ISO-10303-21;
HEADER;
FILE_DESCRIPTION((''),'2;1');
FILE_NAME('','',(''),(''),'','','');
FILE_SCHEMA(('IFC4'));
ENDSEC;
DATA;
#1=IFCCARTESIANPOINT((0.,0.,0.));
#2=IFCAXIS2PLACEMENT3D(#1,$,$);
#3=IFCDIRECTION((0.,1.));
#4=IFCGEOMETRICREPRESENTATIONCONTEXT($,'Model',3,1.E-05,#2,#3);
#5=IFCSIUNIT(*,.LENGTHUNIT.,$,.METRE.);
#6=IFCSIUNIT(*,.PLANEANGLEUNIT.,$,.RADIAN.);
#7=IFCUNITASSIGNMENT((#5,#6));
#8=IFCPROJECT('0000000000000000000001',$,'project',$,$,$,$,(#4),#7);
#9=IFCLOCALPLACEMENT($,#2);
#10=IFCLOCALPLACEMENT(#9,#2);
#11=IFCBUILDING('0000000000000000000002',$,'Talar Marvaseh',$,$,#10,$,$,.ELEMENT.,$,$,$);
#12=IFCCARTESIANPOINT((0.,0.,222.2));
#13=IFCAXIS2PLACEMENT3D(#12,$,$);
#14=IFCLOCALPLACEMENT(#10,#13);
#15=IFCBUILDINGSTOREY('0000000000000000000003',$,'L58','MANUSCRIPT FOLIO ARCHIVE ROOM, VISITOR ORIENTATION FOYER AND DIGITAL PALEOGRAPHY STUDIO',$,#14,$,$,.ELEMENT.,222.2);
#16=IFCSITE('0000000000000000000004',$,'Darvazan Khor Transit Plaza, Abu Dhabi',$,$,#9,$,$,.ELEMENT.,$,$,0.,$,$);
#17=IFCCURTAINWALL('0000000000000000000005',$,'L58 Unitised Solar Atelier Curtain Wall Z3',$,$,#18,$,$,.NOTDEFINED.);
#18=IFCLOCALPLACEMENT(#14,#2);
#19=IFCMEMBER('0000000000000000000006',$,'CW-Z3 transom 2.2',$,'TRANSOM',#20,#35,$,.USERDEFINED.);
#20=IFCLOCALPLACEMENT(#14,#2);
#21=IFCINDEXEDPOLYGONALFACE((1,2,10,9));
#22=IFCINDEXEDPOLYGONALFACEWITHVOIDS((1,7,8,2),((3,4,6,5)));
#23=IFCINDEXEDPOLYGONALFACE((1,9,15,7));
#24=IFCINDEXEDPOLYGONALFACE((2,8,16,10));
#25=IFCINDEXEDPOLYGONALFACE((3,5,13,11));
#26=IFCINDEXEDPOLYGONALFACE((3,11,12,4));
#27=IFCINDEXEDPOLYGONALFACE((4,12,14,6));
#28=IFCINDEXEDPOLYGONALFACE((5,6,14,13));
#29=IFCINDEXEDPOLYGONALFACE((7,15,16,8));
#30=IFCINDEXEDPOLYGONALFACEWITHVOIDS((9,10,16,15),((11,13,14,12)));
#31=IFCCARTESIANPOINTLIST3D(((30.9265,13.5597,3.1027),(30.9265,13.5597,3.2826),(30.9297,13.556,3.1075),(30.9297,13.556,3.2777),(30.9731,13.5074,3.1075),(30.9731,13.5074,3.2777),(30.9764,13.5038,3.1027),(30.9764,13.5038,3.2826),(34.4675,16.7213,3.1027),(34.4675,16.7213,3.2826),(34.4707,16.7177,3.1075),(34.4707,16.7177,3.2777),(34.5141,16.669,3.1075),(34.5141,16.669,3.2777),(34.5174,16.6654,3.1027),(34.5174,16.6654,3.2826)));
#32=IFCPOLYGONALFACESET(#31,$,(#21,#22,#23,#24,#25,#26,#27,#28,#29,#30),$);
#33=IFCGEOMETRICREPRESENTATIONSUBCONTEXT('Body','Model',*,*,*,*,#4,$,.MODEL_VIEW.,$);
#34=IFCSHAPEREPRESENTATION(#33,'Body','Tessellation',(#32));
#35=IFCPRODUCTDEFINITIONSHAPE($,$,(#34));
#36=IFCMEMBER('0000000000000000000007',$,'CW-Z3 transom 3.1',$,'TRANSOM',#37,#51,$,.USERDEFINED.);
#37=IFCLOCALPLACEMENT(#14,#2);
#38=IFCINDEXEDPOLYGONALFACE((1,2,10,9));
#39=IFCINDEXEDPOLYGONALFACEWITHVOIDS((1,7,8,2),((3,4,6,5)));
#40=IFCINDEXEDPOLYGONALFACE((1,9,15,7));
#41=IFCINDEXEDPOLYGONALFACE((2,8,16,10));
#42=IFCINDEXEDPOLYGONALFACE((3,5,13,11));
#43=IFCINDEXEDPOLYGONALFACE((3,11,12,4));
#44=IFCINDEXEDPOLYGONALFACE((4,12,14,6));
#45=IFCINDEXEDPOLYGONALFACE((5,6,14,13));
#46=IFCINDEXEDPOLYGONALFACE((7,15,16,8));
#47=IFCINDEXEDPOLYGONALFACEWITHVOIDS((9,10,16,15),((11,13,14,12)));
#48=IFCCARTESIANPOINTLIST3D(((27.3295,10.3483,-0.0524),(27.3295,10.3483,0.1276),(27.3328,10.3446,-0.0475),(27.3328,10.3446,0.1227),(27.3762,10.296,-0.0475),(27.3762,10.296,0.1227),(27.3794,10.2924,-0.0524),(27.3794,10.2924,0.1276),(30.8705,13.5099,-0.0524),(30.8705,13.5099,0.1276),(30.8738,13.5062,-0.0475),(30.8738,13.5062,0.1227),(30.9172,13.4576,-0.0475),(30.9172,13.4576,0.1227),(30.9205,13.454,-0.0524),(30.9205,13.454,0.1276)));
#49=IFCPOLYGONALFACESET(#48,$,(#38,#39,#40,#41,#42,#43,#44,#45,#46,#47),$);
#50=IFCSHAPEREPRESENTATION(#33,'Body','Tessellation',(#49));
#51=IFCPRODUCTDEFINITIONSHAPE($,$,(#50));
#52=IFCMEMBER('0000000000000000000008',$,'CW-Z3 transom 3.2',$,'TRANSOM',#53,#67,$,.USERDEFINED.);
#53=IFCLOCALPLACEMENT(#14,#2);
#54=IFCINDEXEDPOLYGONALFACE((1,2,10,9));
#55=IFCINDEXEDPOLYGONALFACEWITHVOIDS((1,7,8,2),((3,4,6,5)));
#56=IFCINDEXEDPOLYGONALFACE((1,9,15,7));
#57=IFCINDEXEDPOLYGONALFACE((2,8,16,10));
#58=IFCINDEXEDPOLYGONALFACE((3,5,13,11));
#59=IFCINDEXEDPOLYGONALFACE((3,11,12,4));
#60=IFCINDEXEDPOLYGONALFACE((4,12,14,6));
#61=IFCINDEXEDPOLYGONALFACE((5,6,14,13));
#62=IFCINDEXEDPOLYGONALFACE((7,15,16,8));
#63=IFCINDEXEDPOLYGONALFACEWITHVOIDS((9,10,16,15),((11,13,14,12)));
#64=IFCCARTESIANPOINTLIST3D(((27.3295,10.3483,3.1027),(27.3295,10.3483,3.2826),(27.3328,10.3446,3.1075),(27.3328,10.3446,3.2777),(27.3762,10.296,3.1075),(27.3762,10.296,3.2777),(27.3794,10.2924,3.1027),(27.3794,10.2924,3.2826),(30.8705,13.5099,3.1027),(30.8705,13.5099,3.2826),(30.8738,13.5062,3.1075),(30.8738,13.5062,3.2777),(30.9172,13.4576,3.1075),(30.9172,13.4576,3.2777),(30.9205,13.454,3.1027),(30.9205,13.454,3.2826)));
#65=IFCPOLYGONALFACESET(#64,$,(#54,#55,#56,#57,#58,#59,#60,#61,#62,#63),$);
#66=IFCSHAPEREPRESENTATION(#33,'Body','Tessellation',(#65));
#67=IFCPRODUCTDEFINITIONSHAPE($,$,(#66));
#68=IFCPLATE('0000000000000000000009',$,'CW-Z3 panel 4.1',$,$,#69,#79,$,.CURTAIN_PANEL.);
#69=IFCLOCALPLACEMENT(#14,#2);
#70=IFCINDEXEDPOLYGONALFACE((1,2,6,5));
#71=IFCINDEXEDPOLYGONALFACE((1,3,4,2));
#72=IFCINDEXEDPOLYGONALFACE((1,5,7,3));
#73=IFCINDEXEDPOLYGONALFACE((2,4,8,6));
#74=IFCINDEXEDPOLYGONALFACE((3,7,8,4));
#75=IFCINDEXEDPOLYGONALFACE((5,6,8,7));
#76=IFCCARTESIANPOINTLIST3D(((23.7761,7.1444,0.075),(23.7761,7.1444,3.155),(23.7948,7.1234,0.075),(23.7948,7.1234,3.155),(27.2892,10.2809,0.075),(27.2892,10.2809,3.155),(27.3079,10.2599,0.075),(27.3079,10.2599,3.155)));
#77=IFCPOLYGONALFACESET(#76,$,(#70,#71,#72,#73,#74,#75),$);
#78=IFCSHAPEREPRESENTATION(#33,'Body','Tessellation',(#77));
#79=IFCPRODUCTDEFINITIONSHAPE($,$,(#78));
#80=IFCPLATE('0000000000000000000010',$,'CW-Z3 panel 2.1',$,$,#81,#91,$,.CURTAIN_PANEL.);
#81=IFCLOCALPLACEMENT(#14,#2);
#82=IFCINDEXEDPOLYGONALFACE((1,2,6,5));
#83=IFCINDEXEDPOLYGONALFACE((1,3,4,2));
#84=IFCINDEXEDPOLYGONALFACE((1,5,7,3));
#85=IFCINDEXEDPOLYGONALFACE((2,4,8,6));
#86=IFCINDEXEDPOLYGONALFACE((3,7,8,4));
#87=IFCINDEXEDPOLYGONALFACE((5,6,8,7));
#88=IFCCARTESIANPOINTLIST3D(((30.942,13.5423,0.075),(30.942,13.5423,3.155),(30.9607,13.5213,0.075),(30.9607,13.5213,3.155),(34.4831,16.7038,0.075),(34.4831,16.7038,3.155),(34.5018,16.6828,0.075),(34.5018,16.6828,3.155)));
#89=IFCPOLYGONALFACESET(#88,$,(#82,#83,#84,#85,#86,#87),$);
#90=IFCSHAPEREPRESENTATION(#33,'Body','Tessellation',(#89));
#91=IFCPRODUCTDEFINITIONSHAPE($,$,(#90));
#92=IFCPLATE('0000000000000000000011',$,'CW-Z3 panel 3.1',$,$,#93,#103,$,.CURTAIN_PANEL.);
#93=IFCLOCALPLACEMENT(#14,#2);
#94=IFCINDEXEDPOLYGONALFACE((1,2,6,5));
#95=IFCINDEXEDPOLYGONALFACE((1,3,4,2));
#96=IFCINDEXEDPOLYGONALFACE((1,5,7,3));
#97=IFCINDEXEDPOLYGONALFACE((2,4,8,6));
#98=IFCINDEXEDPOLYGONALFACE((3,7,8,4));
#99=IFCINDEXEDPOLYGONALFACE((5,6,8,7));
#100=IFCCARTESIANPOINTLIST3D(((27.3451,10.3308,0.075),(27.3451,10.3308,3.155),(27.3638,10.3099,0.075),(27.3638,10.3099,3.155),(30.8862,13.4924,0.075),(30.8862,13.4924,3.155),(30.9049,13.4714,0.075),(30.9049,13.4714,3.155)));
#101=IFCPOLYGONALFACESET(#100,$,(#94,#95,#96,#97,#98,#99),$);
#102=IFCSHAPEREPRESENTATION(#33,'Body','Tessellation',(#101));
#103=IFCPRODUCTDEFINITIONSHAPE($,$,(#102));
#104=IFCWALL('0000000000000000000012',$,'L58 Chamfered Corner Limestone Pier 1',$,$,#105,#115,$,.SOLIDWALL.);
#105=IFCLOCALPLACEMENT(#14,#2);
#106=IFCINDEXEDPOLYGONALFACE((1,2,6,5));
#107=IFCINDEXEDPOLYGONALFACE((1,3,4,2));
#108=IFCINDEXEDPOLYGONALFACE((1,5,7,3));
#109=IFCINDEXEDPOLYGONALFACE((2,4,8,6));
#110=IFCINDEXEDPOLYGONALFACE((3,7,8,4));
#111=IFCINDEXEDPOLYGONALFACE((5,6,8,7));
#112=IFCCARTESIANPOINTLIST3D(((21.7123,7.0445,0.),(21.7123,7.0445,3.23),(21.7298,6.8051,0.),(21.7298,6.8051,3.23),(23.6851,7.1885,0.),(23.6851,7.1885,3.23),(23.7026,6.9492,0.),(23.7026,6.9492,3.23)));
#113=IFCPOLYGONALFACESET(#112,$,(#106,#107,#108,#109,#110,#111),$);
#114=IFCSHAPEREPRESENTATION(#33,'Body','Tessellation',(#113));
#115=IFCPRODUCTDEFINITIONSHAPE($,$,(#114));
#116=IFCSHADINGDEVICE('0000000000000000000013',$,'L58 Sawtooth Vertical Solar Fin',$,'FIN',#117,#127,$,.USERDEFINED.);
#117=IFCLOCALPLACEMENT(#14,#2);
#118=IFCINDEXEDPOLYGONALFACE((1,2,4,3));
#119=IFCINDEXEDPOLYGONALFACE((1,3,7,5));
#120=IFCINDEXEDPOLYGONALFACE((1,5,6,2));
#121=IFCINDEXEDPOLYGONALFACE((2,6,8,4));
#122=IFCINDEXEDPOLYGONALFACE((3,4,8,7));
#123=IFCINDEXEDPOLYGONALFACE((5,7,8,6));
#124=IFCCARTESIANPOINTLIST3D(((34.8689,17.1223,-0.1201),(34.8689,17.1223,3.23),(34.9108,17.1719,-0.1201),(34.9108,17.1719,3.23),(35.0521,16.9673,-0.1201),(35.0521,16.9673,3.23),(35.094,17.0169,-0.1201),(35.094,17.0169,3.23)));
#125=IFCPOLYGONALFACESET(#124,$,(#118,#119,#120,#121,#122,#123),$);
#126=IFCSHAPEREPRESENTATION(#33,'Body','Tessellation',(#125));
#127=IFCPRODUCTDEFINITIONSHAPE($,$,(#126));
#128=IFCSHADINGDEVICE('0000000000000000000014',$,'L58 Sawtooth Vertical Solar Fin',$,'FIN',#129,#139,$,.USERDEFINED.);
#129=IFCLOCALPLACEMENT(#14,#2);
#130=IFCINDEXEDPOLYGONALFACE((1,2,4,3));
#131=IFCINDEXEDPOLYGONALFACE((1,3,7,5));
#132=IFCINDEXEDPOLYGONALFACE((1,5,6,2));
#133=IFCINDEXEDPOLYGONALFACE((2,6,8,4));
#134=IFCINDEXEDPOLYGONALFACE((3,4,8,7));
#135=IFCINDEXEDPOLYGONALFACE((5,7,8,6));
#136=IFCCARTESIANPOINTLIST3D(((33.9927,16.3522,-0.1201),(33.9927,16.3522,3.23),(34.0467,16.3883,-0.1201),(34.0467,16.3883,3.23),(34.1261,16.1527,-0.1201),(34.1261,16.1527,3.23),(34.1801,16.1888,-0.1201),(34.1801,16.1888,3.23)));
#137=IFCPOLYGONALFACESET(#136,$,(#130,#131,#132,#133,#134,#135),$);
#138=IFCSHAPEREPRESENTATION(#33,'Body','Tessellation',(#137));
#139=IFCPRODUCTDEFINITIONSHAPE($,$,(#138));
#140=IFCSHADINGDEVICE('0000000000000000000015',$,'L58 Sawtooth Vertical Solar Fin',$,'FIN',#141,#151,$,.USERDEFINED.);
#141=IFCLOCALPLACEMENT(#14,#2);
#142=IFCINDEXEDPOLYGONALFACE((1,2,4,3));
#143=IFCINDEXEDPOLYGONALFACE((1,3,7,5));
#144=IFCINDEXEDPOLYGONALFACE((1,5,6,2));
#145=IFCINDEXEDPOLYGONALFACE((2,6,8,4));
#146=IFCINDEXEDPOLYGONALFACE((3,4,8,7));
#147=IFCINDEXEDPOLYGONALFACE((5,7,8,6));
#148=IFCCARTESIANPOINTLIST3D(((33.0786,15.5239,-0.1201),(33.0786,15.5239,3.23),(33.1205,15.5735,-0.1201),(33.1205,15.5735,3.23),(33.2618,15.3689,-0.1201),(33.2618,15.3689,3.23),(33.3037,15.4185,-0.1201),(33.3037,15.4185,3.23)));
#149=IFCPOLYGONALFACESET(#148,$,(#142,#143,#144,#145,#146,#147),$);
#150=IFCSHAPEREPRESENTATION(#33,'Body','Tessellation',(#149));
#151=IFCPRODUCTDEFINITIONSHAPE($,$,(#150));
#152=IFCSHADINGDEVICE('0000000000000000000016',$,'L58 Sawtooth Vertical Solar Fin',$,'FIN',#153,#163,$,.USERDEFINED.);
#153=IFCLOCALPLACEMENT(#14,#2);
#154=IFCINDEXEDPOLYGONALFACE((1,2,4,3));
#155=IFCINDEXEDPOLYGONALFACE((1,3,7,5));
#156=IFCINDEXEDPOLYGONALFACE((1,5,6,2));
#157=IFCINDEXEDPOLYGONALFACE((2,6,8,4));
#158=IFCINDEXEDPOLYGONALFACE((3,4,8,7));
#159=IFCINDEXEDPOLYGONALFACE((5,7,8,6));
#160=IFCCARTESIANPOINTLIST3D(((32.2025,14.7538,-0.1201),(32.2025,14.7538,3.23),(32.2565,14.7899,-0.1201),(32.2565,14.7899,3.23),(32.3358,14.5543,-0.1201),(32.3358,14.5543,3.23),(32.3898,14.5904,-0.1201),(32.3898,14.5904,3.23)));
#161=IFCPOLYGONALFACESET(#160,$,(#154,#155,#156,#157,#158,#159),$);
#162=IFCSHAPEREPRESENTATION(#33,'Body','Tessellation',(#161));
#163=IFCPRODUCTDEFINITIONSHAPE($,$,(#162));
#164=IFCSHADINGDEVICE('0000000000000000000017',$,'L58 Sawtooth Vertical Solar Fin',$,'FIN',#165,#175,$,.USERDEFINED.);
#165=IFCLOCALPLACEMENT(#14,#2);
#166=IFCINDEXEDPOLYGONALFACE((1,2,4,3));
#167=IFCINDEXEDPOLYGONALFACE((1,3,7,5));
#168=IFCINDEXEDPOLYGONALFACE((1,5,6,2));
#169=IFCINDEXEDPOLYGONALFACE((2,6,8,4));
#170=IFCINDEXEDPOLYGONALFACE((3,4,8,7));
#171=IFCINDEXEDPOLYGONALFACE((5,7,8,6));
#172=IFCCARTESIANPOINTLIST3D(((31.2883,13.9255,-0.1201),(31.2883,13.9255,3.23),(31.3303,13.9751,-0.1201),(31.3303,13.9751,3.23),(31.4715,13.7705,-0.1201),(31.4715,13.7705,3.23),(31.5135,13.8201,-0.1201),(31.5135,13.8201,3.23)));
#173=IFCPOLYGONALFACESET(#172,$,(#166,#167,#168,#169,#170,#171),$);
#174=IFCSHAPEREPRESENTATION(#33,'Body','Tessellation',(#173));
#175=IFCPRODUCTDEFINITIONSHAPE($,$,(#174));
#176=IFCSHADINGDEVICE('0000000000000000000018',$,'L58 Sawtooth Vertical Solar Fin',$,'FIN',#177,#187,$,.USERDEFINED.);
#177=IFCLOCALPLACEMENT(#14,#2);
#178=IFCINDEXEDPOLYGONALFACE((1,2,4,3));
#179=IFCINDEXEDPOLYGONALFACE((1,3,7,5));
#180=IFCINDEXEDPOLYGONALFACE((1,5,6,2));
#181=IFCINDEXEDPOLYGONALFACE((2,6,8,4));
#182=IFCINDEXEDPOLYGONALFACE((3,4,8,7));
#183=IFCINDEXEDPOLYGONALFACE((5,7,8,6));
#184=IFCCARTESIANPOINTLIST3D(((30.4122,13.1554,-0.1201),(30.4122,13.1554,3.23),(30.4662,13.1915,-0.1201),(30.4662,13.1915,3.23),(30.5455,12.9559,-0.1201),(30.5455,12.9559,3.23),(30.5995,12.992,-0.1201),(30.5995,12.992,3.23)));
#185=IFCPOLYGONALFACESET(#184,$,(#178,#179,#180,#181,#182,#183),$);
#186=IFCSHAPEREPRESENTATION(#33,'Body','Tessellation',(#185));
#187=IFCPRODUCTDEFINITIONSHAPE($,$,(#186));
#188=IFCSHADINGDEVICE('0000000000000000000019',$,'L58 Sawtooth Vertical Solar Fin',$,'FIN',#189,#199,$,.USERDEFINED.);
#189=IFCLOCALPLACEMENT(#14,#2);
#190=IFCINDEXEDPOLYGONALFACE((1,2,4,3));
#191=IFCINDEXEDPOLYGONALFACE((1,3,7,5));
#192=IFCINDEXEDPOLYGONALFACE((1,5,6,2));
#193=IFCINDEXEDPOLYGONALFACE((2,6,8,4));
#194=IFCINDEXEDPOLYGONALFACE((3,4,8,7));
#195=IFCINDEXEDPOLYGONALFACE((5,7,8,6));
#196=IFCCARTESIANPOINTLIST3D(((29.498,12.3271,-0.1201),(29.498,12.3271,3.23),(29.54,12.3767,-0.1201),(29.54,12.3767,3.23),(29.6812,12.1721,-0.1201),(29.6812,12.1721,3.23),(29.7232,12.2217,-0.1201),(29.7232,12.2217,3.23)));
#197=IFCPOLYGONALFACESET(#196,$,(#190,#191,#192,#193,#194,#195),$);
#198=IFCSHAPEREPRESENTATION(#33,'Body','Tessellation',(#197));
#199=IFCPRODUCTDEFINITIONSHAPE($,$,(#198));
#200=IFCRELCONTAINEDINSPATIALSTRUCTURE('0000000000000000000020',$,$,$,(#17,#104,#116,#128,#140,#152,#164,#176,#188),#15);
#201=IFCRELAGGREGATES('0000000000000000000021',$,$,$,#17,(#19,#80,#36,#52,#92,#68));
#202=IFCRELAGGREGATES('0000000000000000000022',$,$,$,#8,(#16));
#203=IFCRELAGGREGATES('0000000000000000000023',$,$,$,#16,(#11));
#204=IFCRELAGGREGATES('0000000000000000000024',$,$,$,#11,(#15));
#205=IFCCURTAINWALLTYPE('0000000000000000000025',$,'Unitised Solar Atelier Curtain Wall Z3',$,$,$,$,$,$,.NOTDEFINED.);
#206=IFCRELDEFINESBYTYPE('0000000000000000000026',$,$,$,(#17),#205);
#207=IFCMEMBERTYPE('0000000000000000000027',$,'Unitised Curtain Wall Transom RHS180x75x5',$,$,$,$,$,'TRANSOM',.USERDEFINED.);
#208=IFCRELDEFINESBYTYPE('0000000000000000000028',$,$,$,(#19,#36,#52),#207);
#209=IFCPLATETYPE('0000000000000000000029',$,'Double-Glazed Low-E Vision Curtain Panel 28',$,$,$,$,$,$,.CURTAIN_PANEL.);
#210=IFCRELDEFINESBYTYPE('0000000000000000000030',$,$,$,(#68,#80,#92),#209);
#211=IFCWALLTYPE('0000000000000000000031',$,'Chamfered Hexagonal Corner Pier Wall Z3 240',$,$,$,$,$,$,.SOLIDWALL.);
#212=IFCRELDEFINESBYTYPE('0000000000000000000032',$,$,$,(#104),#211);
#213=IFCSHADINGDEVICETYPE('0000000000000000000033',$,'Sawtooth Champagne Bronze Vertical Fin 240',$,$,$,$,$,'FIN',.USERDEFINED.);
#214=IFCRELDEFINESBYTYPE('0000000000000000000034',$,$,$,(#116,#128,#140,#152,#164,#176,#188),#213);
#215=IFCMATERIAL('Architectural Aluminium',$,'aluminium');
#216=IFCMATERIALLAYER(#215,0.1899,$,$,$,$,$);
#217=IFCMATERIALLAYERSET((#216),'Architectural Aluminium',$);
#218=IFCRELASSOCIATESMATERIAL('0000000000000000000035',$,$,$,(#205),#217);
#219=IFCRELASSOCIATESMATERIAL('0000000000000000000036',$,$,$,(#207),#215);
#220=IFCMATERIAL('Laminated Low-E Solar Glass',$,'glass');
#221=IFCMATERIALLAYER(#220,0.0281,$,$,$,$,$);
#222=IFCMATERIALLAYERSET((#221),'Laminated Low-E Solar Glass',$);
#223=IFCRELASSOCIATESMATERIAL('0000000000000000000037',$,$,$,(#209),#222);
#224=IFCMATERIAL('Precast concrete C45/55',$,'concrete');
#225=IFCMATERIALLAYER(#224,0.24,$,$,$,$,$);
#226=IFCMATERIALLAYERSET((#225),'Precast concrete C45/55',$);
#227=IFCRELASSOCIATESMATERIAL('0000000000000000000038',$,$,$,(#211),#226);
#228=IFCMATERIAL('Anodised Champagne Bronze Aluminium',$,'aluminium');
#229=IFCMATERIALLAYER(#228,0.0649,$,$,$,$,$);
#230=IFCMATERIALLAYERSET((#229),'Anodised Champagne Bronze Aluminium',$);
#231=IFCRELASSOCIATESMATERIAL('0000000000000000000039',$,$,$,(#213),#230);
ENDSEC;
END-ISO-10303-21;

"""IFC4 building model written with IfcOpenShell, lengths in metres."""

from ifc_helpers import new_model, si_unit, direction, frame, frame_2d, origin, origin_2d, place, context, subcontext, project, spatial, rectangle, hollow_rectangle, extrude, source, transform, mapped, material, layer, layer_set, material_profile, profile_set, type_object, type_shapes, element, aggregate, save


model = new_model("IFC4")

# Units and contexts
model_context = context("Model", 3, precision=1e-05, world=origin(), true_north=direction((0.0, 1.0)))
body_context = subcontext(model_context, "Body", "Model", "MODEL_VIEW")
ifc_project = project(units=[si_unit("LENGTHUNIT", "METRE"), si_unit("PLANEANGLEUNIT", "RADIAN")], contexts=[model_context])

# Site, building, storey
site_placement = place(None, origin())
site = spatial("IfcSite", under=ifc_project, at=site_placement, Name="Darvazan Khor Transit Plaza, Abu Dhabi", CompositionType="ELEMENT", RefElevation=0.0)
building_placement = place(site_placement, origin())
building = spatial("IfcBuilding", under=site, at=building_placement, Name="Talar Marvaseh", CompositionType="ELEMENT")
storey_placement = place(building_placement, frame((0.0, 0.0, 222.2)))
storey = spatial("IfcBuildingStorey", under=building, at=storey_placement, Name="L58", Description="MANUSCRIPT FOLIO ARCHIVE ROOM, VISITOR ORIENTATION FOYER AND DIGITAL PALEOGRAPHY STUDIO", CompositionType="ELEMENT", Elevation=222.2)

# Curtain wall, members, plates
ifc_material_1 = material(Name="Architectural Aluminium", Category="aluminium")
ifc_layer_1 = layer(ifc_material_1, 0.1899)
ifc_layer_set_1 = layer_set([ifc_layer_1], Name="Architectural Aluminium")
curtain_wall_type = type_object("IfcCurtainWallType", Name="Unitised Solar Atelier Curtain Wall Z3", PredefinedType="NOTDEFINED", material=ifc_layer_set_1)
curtain_wall_placement = place(storey_placement, origin())
curtain_wall = element("IfcCurtainWall", 1, at=curtain_wall_placement, inside=storey, type_object=curtain_wall_type, Name="L58 Unitised Solar Atelier Curtain Wall Z3", PredefinedType="NOTDEFINED")
ifc_material_profile_1 = material_profile(ifc_material_1, hollow_rectangle(XDim=0.075, YDim=0.1799, WallThickness=0.0049, at=origin_2d()), Name="RHS180x75x5")
ifc_profile_set_1 = profile_set([ifc_material_profile_1], Name="Architectural Aluminium")
member_type_1 = type_object("IfcMemberType", Name="Unitised Curtain Wall Transom RHS180x75x5", ElementType="TRANSOM", PredefinedType="USERDEFINED", material=ifc_profile_set_1)
shared_shape_1 = source(origin(), body_context, "Body", "SweptSolid", [
    extrude(hollow_rectangle(XDim=0.075, YDim=0.1799, WallThickness=0.0049, at=origin_2d()), origin(), (0.0, 0.0, 1.0), 4.7471),
])
member_1_placement = place(storey_placement, frame((34.4924, 16.6934, 3.1926), z_axis=(-0.745938, -0.666016, 0.0), x_axis=(0.666016, -0.745938, 0.0)))
member_1 = element("IfcMember", 2, at=member_1_placement, type_object=member_type_1, Name="CW-Z3 transom 2.2", ObjectType="TRANSOM", PredefinedType="USERDEFINED", context=body_context, shape_type="MappedRepresentation", body=[
    mapped(shared_shape_1, transform((0.0, 0.0, 0.0), x_axis=(1.0, 0.0, 0.0), y_axis=(0.0, 1.0, 0.0), z_axis=(0.0, 0.0, 1.0), scale=1.0)),
])
member_2_placement = place(storey_placement, frame((30.8955, 13.4819, 0.0376), z_axis=(-0.745938, -0.666016, 0.0), x_axis=(0.666016, -0.745938, 0.0)))
member_2 = element("IfcMember", 3, at=member_2_placement, type_object=member_type_1, Name="CW-Z3 transom 3.1", ObjectType="TRANSOM", PredefinedType="USERDEFINED", context=body_context, shape_type="MappedRepresentation", body=[
    mapped(shared_shape_1, transform((0.0, 0.0, 0.0), x_axis=(1.0, 0.0, 0.0), y_axis=(0.0, 1.0, 0.0), z_axis=(0.0, 0.0, 1.0), scale=1.0)),
])
member_3_placement = place(storey_placement, frame((30.8955, 13.4819, 3.1926), z_axis=(-0.745938, -0.666016, 0.0), x_axis=(0.666016, -0.745938, 0.0)))
member_3 = element("IfcMember", 4, at=member_3_placement, type_object=member_type_1, Name="CW-Z3 transom 3.2", ObjectType="TRANSOM", PredefinedType="USERDEFINED", context=body_context, shape_type="MappedRepresentation", body=[
    mapped(shared_shape_1, transform((0.0, 0.0, 0.0), x_axis=(1.0, 0.0, 0.0), y_axis=(0.0, 1.0, 0.0), z_axis=(0.0, 0.0, 1.0), scale=1.0)),
])
ifc_material_2 = material(Name="Laminated Low-E Solar Glass", Category="glass")
ifc_layer_2 = layer(ifc_material_2, 0.0281)
ifc_layer_set_2 = layer_set([ifc_layer_2], Name="Laminated Low-E Solar Glass")
plate_type = type_object("IfcPlateType", Name="Double-Glazed Low-E Vision Curtain Panel 28", PredefinedType="CURTAIN_PANEL", material=ifc_layer_set_2)
shared_shape_2 = source(origin(), body_context, "Body", "SweptSolid", [
    extrude(rectangle(XDim=4.7095, YDim=0.0281, at=origin_2d()), origin(), (0.0, 0.0, 1.0), 3.0801),
])
plate_1_placement = place(storey_placement, frame((25.542, 8.7021, 0.075), z_axis=(0.0, 0.0, 1.0), x_axis=(-0.745954, -0.665998, 0.0)))
plate_1 = element("IfcPlate", 5, at=plate_1_placement, type_object=plate_type, Name="CW-Z3 panel 4.1", PredefinedType="CURTAIN_PANEL", context=body_context, shape_type="MappedRepresentation", body=[
    mapped(shared_shape_2, transform((0.0, 0.0, 0.0), x_axis=(1.0, 0.0, 0.0), y_axis=(0.0, 1.0, 0.0), z_axis=(0.0, 0.0, 1.0), scale=1.0)),
])
shared_shape_3 = source(origin(), body_context, "Body", "SweptSolid", [
    extrude(rectangle(XDim=4.7471, YDim=0.0281, at=origin_2d()), origin(), (0.0, 0.0, 1.0), 3.0801),
])
type_shapes(plate_type, [shared_shape_2, shared_shape_3])
plate_2_placement = place(storey_placement, frame((32.7219, 15.1125, 0.075), z_axis=(0.0, 0.0, 1.0), x_axis=(-0.745954, -0.665998, 0.0)))
plate_2 = element("IfcPlate", 6, at=plate_2_placement, type_object=plate_type, Name="CW-Z3 panel 2.1", PredefinedType="CURTAIN_PANEL", context=body_context, shape_type="MappedRepresentation", body=[
    mapped(shared_shape_3, transform((0.0, 0.0, 0.0), x_axis=(1.0, 0.0, 0.0), y_axis=(0.0, 1.0, 0.0), z_axis=(0.0, 0.0, 1.0), scale=1.0)),
])
plate_3_placement = place(storey_placement, frame((29.125, 11.9011, 0.075), z_axis=(0.0, 0.0, 1.0), x_axis=(-0.745954, -0.665998, 0.0)))
plate_3 = element("IfcPlate", 7, at=plate_3_placement, type_object=plate_type, Name="CW-Z3 panel 3.1", PredefinedType="CURTAIN_PANEL", context=body_context, shape_type="MappedRepresentation", body=[
    mapped(shared_shape_3, transform((0.0, 0.0, 0.0), x_axis=(1.0, 0.0, 0.0), y_axis=(0.0, 1.0, 0.0), z_axis=(0.0, 0.0, 1.0), scale=1.0)),
])
aggregate(curtain_wall, [member_1, plate_2, member_2, member_3, plate_3, plate_1])

# Wall
ifc_material_3 = material(Name="Precast concrete C45/55", Category="concrete")
ifc_layer_3 = layer(ifc_material_3, 0.24)
ifc_layer_set_3 = layer_set([ifc_layer_3], Name="Precast concrete C45/55")
wall_type = type_object("IfcWallType", Name="Chamfered Hexagonal Corner Pier Wall Z3 240", PredefinedType="SOLIDWALL", material=ifc_layer_set_3)
wall_placement = place(storey_placement, frame((23.6938, 7.0688, 0.0), z_axis=(0.0, 0.0, 1.0), x_axis=(-0.997345, -0.072826, 0.0)))
element("IfcWall", 8, at=wall_placement, inside=storey, type_object=wall_type, Name="L58 Chamfered Corner Limestone Pier 1", PredefinedType="SOLIDWALL", context=body_context, shape_type="SweptSolid", body=[
    extrude(rectangle(XDim=1.978, YDim=0.24, at=frame_2d((0.989, 0.0))), origin(), (0.0, 0.0, 1.0), 3.23),
])

# Shading devices
ifc_material_4 = material(Name="Anodised Champagne Bronze Aluminium", Category="aluminium")
ifc_layer_4 = layer(ifc_material_4, 0.0649)
ifc_layer_set_4 = layer_set([ifc_layer_4], Name="Anodised Champagne Bronze Aluminium")
shading_device_type = type_object("IfcShadingDeviceType", Name="Sawtooth Champagne Bronze Vertical Fin 240", ElementType="FIN", PredefinedType="USERDEFINED", material=ifc_layer_set_4)
shared_shape_4 = source(origin(), body_context, "Body", "SweptSolid", [
    extrude(rectangle(XDim=0.24, YDim=0.0649, at=origin_2d()), origin(), (0.0, 0.0, 1.0), 3.3501),
])
type_shapes(shading_device_type, [shared_shape_4])
for number, where, z_axis, x_axis, name in (
    (9, (34.9814, 17.0696, -0.1201), (0.0, 0.0, 1.0), (0.763345, -0.645991, 0.0), "L58 Sawtooth Vertical Solar Fin"),
    (10, (34.0864, 16.2705, -0.1201), (0.0, 0.0, 1.0), (0.555715, -0.831373, 0.0), "L58 Sawtooth Vertical Solar Fin"),
    (11, (33.1912, 15.4712, -0.1201), (0.0, 0.0, 1.0), (0.763345, -0.645991, 0.0), "L58 Sawtooth Vertical Solar Fin"),
    (12, (32.2961, 14.6721, -0.1201), (0.0, 0.0, 1.0), (0.555715, -0.831373, 0.0), "L58 Sawtooth Vertical Solar Fin"),
    (13, (31.4009, 13.8728, -0.1201), (0.0, 0.0, 1.0), (0.763345, -0.645991, 0.0), "L58 Sawtooth Vertical Solar Fin"),
    (14, (30.5059, 13.0737, -0.1201), (0.0, 0.0, 1.0), (0.555715, -0.831373, 0.0), "L58 Sawtooth Vertical Solar Fin"),
    (15, (29.6106, 12.2744, -0.1201), (0.0, 0.0, 1.0), (0.763345, -0.645991, 0.0), "L58 Sawtooth Vertical Solar Fin"),
):
    element("IfcShadingDevice", number, at=place(storey_placement, frame(where, z_axis=z_axis, x_axis=x_axis)), inside=storey, type_object=shading_device_type, Name=name, ObjectType="FIN", PredefinedType="USERDEFINED", context=body_context, shape_type="MappedRepresentation", body=[
        mapped(shared_shape_4, transform((0.0, 0.0, 0.0), x_axis=(1.0, 0.0, 0.0), y_axis=(0.0, 1.0, 0.0), z_axis=(0.0, 0.0, 1.0), scale=1.0)),
    ])

save(model, "model.ifc")
